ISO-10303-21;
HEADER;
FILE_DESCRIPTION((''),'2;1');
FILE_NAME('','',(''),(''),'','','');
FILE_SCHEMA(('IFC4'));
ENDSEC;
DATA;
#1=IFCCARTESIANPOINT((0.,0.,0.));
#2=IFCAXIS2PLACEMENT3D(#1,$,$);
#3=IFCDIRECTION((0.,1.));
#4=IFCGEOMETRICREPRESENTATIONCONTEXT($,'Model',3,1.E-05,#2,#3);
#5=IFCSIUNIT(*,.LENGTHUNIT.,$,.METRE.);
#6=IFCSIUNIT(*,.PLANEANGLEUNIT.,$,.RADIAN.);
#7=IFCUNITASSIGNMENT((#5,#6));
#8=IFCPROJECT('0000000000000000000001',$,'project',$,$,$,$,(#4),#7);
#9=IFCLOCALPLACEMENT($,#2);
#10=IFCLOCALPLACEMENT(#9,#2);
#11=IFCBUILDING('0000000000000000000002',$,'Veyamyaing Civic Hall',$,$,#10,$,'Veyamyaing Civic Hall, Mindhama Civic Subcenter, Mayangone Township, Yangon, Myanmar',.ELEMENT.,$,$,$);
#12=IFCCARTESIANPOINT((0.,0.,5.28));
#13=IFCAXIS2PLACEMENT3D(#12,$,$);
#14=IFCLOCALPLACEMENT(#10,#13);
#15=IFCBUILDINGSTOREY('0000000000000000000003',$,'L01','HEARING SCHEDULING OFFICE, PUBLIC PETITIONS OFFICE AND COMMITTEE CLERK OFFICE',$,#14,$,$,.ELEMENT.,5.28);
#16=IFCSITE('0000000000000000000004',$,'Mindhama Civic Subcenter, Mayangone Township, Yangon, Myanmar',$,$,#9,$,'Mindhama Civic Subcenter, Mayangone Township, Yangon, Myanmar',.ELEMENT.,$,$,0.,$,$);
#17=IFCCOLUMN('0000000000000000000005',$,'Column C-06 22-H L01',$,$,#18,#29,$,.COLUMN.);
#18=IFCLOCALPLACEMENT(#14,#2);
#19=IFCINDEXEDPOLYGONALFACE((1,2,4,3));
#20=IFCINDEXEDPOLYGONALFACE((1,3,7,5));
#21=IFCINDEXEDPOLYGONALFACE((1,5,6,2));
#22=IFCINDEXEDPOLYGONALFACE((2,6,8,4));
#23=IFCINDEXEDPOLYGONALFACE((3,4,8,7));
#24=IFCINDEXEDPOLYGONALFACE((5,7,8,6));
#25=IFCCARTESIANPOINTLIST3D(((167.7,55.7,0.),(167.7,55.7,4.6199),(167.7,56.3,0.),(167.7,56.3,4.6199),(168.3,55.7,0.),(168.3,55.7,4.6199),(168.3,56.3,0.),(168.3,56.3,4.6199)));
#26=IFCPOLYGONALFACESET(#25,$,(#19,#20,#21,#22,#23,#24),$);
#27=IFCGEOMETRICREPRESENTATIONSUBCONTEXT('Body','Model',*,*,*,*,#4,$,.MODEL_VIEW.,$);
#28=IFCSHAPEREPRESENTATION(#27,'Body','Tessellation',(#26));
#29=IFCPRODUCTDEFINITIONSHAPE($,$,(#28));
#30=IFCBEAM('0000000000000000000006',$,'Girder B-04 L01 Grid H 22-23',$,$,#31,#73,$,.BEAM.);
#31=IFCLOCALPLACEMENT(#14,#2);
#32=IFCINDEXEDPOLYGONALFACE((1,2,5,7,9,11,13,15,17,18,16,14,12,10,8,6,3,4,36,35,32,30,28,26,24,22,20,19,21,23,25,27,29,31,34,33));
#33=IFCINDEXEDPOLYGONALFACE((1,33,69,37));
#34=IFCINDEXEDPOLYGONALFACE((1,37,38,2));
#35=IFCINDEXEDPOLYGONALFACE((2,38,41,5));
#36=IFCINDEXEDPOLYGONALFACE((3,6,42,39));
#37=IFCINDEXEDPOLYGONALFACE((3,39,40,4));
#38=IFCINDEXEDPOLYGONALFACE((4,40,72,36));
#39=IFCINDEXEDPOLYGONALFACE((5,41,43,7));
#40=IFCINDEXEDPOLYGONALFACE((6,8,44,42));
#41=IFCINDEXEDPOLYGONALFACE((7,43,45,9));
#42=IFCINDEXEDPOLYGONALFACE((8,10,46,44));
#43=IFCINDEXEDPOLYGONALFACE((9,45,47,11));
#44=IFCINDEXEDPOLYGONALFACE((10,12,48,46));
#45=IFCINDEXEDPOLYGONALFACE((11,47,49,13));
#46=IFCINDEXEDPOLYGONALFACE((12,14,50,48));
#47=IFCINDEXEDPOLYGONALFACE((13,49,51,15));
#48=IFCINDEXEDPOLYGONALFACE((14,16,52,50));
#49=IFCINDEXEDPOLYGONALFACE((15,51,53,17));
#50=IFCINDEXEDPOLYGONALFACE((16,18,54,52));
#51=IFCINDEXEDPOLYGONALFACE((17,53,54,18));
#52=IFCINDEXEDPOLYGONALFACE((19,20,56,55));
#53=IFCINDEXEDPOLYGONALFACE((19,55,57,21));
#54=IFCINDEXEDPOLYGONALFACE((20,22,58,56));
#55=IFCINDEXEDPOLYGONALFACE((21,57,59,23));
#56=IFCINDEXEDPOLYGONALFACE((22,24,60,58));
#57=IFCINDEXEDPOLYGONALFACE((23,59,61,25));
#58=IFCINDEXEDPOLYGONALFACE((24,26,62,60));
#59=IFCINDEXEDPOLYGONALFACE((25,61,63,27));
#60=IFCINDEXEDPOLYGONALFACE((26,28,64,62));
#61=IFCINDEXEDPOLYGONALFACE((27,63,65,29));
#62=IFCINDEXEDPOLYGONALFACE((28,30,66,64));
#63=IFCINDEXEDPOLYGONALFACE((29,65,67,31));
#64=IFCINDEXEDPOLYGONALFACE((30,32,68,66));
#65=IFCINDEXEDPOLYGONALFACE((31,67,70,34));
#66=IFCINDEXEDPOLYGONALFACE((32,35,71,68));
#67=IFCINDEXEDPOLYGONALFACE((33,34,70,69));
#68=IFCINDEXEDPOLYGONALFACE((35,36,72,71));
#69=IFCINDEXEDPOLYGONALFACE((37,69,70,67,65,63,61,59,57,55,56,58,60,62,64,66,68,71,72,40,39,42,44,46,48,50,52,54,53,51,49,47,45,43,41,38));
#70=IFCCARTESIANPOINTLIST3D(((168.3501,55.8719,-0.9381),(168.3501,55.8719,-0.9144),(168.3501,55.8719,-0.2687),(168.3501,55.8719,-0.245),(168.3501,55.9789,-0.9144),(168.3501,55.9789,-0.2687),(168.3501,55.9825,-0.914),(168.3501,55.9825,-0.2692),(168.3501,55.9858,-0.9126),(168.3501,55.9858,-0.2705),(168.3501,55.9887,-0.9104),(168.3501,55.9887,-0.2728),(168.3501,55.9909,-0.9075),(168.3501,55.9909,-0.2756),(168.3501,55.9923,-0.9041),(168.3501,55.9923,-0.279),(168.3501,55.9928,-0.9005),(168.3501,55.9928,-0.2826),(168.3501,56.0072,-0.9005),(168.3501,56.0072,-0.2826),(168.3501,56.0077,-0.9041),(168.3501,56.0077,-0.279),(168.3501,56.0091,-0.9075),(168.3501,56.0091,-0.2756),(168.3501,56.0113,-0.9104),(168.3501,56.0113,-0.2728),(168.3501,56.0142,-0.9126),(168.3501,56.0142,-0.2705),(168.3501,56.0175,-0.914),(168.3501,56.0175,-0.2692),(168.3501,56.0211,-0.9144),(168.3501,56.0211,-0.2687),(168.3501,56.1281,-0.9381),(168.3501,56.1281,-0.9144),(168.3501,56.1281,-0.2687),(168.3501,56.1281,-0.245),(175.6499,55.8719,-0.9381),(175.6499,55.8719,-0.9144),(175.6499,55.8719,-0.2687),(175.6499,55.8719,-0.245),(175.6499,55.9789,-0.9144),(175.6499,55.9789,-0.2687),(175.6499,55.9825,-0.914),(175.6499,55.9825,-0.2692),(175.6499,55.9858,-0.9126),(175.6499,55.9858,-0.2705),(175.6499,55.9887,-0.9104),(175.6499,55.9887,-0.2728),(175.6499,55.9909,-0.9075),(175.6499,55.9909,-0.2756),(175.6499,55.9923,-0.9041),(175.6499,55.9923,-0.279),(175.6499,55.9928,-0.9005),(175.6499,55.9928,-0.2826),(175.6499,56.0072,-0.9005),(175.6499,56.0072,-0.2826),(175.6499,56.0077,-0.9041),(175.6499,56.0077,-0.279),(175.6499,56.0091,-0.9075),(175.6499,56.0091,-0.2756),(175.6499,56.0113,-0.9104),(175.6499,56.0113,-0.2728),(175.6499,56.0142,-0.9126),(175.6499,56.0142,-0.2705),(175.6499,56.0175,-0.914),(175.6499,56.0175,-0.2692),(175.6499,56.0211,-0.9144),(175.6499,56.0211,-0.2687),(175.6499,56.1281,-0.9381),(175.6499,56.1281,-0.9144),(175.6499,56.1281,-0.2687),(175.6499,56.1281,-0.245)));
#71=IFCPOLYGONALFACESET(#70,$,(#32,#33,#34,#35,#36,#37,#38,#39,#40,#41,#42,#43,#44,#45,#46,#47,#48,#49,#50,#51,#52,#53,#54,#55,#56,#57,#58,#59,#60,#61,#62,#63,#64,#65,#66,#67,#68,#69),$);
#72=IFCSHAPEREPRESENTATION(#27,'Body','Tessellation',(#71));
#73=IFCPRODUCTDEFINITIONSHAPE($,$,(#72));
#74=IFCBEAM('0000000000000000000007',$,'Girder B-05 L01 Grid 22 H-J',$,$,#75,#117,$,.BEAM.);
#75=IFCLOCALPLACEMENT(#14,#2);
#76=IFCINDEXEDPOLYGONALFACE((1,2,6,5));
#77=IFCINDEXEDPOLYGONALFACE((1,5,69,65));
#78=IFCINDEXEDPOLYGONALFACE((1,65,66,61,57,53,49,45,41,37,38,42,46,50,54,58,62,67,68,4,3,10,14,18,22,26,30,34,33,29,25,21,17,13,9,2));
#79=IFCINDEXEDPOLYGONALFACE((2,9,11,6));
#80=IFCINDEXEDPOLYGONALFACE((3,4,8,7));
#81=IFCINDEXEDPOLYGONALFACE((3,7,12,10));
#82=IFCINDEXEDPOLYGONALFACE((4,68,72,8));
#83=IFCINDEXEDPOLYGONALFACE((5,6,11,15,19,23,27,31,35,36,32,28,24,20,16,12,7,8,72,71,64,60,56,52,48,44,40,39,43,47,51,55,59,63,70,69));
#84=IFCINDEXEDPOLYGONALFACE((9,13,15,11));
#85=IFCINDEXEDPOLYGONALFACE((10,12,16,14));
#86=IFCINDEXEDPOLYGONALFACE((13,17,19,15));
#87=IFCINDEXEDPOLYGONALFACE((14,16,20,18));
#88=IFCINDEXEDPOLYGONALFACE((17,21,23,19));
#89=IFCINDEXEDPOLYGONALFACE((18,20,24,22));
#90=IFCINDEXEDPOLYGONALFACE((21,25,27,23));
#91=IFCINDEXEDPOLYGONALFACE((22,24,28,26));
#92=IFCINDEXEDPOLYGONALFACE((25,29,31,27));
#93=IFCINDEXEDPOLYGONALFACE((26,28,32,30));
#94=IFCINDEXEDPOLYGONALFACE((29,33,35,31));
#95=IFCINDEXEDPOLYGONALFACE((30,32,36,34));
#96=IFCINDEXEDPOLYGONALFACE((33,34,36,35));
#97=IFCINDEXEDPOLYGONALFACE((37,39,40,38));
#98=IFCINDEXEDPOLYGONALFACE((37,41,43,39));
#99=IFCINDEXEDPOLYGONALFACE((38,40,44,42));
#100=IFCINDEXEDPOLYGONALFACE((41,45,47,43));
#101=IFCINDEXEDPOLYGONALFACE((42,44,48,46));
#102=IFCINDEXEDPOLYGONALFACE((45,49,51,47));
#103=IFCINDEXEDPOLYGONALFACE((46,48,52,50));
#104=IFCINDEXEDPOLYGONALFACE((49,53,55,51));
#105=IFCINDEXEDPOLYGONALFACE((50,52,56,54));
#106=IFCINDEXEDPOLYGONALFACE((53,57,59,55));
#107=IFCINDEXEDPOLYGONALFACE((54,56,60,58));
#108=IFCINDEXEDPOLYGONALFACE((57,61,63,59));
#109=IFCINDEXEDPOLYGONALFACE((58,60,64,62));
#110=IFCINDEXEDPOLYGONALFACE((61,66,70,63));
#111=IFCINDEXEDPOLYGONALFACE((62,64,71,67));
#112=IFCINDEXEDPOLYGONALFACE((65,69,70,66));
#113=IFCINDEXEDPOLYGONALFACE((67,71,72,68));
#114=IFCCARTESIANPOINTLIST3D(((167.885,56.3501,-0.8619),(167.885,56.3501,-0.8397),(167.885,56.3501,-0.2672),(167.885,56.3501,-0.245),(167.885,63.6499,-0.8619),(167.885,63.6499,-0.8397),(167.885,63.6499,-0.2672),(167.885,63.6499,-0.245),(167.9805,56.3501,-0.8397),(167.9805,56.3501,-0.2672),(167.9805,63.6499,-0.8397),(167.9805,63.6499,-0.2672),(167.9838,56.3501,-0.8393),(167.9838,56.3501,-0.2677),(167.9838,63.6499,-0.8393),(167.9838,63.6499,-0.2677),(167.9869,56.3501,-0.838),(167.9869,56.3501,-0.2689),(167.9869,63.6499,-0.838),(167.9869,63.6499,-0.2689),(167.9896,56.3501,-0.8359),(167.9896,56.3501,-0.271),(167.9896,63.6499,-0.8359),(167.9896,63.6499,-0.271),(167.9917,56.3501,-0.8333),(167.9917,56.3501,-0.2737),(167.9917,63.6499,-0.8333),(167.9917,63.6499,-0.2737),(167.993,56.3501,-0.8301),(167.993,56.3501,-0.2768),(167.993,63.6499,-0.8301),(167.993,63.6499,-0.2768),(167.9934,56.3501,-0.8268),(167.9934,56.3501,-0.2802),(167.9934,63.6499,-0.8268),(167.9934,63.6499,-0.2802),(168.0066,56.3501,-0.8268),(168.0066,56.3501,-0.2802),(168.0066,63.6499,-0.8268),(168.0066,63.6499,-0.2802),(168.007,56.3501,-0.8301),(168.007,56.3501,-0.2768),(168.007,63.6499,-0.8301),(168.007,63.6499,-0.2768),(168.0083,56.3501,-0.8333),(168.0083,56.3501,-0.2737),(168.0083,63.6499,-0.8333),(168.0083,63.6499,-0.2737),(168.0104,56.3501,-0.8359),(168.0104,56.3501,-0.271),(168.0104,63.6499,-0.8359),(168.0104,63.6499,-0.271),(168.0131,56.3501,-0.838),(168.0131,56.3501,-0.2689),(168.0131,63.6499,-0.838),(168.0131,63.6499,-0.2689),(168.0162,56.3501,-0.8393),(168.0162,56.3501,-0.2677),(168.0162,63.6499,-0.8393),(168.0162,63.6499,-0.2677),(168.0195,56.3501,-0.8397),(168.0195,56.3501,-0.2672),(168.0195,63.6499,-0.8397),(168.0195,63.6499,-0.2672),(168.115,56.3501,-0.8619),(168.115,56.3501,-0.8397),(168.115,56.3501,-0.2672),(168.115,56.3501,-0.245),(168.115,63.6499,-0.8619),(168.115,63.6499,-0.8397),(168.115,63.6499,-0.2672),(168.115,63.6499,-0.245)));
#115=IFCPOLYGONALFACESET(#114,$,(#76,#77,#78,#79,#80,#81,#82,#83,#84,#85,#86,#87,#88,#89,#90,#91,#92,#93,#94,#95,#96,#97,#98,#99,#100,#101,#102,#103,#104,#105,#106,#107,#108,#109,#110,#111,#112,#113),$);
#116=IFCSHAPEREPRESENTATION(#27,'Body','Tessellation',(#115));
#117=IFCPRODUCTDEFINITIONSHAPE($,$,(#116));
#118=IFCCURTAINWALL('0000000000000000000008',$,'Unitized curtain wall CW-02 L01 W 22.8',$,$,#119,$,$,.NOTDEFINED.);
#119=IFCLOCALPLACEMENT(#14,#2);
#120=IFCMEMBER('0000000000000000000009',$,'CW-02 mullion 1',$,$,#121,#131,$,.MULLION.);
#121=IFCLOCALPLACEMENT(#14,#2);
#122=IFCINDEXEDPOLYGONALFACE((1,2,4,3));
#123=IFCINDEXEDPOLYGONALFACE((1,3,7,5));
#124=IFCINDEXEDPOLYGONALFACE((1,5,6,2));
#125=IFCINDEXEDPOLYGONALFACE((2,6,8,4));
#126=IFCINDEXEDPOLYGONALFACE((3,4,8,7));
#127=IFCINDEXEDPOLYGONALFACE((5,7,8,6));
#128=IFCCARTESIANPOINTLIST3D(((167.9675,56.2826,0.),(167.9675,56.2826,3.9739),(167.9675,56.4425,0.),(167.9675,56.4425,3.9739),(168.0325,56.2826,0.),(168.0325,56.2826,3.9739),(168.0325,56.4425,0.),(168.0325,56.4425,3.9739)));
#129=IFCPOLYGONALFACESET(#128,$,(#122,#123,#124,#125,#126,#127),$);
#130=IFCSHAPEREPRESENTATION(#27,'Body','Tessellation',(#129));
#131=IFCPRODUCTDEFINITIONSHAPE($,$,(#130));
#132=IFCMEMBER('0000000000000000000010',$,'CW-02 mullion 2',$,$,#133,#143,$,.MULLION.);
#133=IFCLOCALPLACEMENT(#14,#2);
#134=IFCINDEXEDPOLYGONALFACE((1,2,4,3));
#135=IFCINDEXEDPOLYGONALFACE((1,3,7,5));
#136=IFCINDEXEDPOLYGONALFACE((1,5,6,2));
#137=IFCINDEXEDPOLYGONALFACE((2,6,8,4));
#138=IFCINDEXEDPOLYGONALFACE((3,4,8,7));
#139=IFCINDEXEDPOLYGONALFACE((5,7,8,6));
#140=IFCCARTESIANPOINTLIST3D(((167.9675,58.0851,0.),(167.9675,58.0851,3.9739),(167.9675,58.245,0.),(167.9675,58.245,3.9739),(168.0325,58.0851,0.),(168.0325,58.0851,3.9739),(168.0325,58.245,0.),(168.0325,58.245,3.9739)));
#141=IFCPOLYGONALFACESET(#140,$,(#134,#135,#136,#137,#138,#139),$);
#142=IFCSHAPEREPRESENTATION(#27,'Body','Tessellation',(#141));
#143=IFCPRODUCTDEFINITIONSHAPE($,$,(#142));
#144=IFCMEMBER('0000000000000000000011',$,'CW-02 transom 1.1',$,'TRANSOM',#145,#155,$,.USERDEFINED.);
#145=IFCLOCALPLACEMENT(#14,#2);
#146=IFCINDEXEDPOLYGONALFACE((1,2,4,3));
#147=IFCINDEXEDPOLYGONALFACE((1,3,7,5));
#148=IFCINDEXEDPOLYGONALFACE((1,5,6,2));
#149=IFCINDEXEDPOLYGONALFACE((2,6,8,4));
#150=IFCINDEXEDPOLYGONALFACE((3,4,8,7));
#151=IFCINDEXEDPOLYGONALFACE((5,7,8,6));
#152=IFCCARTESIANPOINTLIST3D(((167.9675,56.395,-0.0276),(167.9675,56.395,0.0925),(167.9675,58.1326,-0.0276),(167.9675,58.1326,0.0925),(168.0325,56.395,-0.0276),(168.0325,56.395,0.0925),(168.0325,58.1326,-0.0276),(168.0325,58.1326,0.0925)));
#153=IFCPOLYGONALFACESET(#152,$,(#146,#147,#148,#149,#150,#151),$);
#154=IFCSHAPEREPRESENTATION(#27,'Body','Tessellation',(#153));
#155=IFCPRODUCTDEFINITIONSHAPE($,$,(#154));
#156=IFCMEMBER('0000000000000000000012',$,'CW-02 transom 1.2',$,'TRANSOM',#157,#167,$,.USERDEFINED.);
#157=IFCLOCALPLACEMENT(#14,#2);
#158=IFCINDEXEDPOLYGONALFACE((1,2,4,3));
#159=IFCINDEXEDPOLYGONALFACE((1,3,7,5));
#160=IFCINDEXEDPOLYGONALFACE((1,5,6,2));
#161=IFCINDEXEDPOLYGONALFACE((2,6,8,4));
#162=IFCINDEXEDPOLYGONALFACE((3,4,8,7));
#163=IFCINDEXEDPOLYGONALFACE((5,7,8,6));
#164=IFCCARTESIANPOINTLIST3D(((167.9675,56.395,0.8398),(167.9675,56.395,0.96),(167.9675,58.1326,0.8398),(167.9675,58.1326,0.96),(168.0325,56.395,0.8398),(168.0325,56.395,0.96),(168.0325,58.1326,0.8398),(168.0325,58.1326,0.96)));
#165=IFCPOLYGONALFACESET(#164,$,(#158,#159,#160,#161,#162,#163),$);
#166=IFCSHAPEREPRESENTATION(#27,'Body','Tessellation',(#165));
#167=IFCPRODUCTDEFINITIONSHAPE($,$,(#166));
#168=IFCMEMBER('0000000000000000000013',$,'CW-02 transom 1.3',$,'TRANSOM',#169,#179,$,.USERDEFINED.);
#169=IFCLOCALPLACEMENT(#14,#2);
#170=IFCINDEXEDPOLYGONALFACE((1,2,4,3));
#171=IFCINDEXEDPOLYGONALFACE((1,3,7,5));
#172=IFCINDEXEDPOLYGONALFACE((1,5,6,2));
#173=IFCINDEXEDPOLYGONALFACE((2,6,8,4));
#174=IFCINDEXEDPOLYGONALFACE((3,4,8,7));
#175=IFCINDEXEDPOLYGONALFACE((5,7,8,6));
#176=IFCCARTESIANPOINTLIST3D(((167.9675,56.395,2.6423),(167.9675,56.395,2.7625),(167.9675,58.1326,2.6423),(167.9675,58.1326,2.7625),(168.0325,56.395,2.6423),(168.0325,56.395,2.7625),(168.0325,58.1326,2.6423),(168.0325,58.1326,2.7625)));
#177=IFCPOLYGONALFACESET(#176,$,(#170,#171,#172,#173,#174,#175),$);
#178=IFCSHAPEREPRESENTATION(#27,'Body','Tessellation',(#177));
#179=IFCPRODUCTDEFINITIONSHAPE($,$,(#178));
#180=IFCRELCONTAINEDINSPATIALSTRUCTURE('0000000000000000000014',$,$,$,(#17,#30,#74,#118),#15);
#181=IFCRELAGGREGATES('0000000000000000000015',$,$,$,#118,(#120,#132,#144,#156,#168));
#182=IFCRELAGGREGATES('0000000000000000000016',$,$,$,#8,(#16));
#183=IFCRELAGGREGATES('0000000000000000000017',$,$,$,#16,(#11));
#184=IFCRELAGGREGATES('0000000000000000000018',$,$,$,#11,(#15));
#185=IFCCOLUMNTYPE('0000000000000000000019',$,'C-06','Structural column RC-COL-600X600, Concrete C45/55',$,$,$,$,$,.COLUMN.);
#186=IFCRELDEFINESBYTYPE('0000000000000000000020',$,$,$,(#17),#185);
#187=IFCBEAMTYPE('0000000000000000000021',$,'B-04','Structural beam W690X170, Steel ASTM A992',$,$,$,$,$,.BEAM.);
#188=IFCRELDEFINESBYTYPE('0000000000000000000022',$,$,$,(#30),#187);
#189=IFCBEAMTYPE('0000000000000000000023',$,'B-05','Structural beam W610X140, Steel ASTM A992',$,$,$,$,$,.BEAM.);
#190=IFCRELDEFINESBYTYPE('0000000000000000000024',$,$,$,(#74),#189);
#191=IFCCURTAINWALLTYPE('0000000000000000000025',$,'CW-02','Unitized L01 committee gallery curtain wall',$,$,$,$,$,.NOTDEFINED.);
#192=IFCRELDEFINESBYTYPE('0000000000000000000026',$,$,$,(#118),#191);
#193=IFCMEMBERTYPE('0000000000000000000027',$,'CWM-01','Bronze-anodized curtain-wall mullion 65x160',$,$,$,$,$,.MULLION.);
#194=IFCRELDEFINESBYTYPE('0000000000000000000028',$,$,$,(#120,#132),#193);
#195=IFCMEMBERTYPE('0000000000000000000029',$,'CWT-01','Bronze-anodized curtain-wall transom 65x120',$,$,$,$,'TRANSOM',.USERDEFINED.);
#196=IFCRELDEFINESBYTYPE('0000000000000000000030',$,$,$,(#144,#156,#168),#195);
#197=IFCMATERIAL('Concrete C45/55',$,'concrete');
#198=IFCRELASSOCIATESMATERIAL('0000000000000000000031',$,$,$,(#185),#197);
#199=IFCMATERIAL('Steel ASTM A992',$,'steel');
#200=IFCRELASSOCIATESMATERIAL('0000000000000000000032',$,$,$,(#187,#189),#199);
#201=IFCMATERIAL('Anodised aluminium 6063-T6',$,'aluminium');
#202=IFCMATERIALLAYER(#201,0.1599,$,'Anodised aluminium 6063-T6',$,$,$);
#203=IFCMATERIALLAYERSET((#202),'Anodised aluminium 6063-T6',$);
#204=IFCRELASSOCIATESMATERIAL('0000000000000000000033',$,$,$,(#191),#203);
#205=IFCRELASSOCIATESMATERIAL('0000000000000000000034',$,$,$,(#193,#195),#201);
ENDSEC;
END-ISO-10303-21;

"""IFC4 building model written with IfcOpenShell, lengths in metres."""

from ifc_helpers import new_model, si_unit, direction, frame, origin, origin_2d, place, context, subcontext, project, spatial, rectangle, i_section, extrude, material, layer, layer_set, material_profile, profile_set, type_object, element, aggregate, save


model = new_model("IFC4")

# Units and contexts
model_context = context("Model", 3, precision=1e-05, world=origin(), true_north=direction((0.0, 1.0)))
body_context = subcontext(model_context, "Body", "Model", "MODEL_VIEW")
ifc_project = project(units=[si_unit("LENGTHUNIT", "METRE"), si_unit("PLANEANGLEUNIT", "RADIAN")], contexts=[model_context])

# Site, building, storey
site_placement = place(None, origin())
site = spatial("IfcSite", under=ifc_project, at=site_placement, Name="Mindhama Civic Subcenter, Mayangone Township, Yangon, Myanmar", LongName="Mindhama Civic Subcenter, Mayangone Township, Yangon, Myanmar", CompositionType="ELEMENT", RefElevation=0.0)
building_placement = place(site_placement, origin())
building = spatial("IfcBuilding", under=site, at=building_placement, Name="Veyamyaing Civic Hall", LongName="Veyamyaing Civic Hall, Mindhama Civic Subcenter, Mayangone Township, Yangon, Myanmar", CompositionType="ELEMENT")
storey_placement = place(building_placement, frame((0.0, 0.0, 5.28)))
storey = spatial("IfcBuildingStorey", under=building, at=storey_placement, Name="L01", Description="HEARING SCHEDULING OFFICE, PUBLIC PETITIONS OFFICE AND COMMITTEE CLERK OFFICE", CompositionType="ELEMENT", Elevation=5.28)

# Column
ifc_material_1 = material(Name="Concrete C45/55", Category="concrete")
ifc_material_profile_1 = material_profile(ifc_material_1, rectangle(XDim=0.6001, YDim=0.6001, at=origin_2d()), Name="RC-COL-600X600")
ifc_profile_set_1 = profile_set([ifc_material_profile_1], Name="Concrete C45/55")
column_type = type_object("IfcColumnType", Name="C-06", Description="Structural column RC-COL-600X600, Concrete C45/55", PredefinedType="COLUMN", material=ifc_profile_set_1)
column_placement = place(storey_placement, frame((168.0, 56.0, 0.0), z_axis=(0.0, 0.0, 1.0), x_axis=(1.0, 0.0, 0.0)))
element("IfcColumn", 1, at=column_placement, inside=storey, type_object=column_type, Name="Column C-06 22-H L01", PredefinedType="COLUMN", context=body_context, shape_type="SweptSolid", body=[
    extrude(rectangle(XDim=0.6001, YDim=0.6001, at=origin_2d()), origin(), (0.0, 0.0, 1.0), 4.6199),
])

# Beams
ifc_material_2 = material(Name="Steel ASTM A992", Category="steel")
ifc_material_profile_2 = material_profile(ifc_material_2, i_section(OverallWidth=0.2561, OverallDepth=0.6931, WebThickness=0.0144, FlangeThickness=0.0237, FilletRadius=0.0139, at=origin_2d()), Name="W690X170")
ifc_profile_set_2 = profile_set([ifc_material_profile_2], Name="Steel ASTM A992")
beam_type_1 = type_object("IfcBeamType", Name="B-04", Description="Structural beam W690X170, Steel ASTM A992", PredefinedType="BEAM", material=ifc_profile_set_2)
beam_1_placement = place(storey_placement, frame((168.3501, 56.0, -0.5916), z_axis=(1.0, 0.0, 0.0), x_axis=(0.0, 1.0, 0.0)))
element("IfcBeam", 2, at=beam_1_placement, inside=storey, type_object=beam_type_1, Name="Girder B-04 L01 Grid H 22-23", PredefinedType="BEAM", context=body_context, shape_type="SweptSolid", body=[
    extrude(i_section(OverallWidth=0.2561, OverallDepth=0.6931, WebThickness=0.0144, FlangeThickness=0.0237, FilletRadius=0.0139, at=origin_2d()), origin(), (0.0, 0.0, 1.0), 7.2998),
])
ifc_material_profile_3 = material_profile(ifc_material_2, i_section(OverallWidth=0.23, OverallDepth=0.6169, WebThickness=0.0132, FlangeThickness=0.0222, FilletRadius=0.0129, at=origin_2d()), Name="W610X140")
ifc_profile_set_3 = profile_set([ifc_material_profile_3], Name="Steel ASTM A992")
beam_type_2 = type_object("IfcBeamType", Name="B-05", Description="Structural beam W610X140, Steel ASTM A992", PredefinedType="BEAM", material=ifc_profile_set_3)
beam_2_placement = place(storey_placement, frame((168.0, 56.3501, -0.5535), z_axis=(0.0, 1.0, 0.0), x_axis=(-1.0, 0.0, 0.0)))
element("IfcBeam", 3, at=beam_2_placement, inside=storey, type_object=beam_type_2, Name="Girder B-05 L01 Grid 22 H-J", PredefinedType="BEAM", context=body_context, shape_type="SweptSolid", body=[
    extrude(i_section(OverallWidth=0.23, OverallDepth=0.6169, WebThickness=0.0132, FlangeThickness=0.0222, FilletRadius=0.0129, at=origin_2d()), origin(), (0.0, 0.0, 1.0), 7.2998),
])

# Curtain wall, members
ifc_material_3 = material(Name="Anodised aluminium 6063-T6", Category="aluminium")
ifc_layer_1 = layer(ifc_material_3, 0.1599, Name="Anodised aluminium 6063-T6")
ifc_layer_set_1 = layer_set([ifc_layer_1], Name="Anodised aluminium 6063-T6")
curtain_wall_type = type_object("IfcCurtainWallType", Name="CW-02", Description="Unitized L01 committee gallery curtain wall", PredefinedType="NOTDEFINED", material=ifc_layer_set_1)
curtain_wall_placement = place(storey_placement, origin())
curtain_wall = element("IfcCurtainWall", 4, at=curtain_wall_placement, inside=storey, type_object=curtain_wall_type, Name="Unitized curtain wall CW-02 L01 W 22.8", PredefinedType="NOTDEFINED")
ifc_material_profile_4 = material_profile(ifc_material_3, rectangle(XDim=0.0649, YDim=0.1599, at=origin_2d()), Name="ALU-MUL-65X160")
ifc_profile_set_4 = profile_set([ifc_material_profile_4], Name="Anodised aluminium 6063-T6")
member_type_1 = type_object("IfcMemberType", Name="CWM-01", Description="Bronze-anodized curtain-wall mullion 65x160", PredefinedType="MULLION", material=ifc_profile_set_4)
member_1_placement = place(storey_placement, frame((168.0, 56.3625, 0.0), z_axis=(0.0, 0.0, 1.0), x_axis=(-1.0, 0.0, 0.0)))
member_1 = element("IfcMember", 5, at=member_1_placement, type_object=member_type_1, Name="CW-02 mullion 1", PredefinedType="MULLION", context=body_context, shape_type="SweptSolid", body=[
    extrude(rectangle(XDim=0.0649, YDim=0.1599, at=origin_2d()), origin(), (0.0, 0.0, 1.0), 3.9739),
])
member_2_placement = place(storey_placement, frame((168.0, 58.165, 0.0), z_axis=(0.0, 0.0, 1.0), x_axis=(-1.0, 0.0, 0.0)))
member_2 = element("IfcMember", 6, at=member_2_placement, type_object=member_type_1, Name="CW-02 mullion 2", PredefinedType="MULLION", context=body_context, shape_type="SweptSolid", body=[
    extrude(rectangle(XDim=0.0649, YDim=0.1599, at=origin_2d()), origin(), (0.0, 0.0, 1.0), 3.9739),
])
ifc_material_profile_5 = material_profile(ifc_material_3, rectangle(XDim=0.0649, YDim=0.1201, at=origin_2d()), Name="ALU-TRN-65X120")
ifc_profile_set_5 = profile_set([ifc_material_profile_5], Name="Anodised aluminium 6063-T6")
member_type_2 = type_object("IfcMemberType", Name="CWT-01", Description="Bronze-anodized curtain-wall transom 65x120", ElementType="TRANSOM", PredefinedType="USERDEFINED", material=ifc_profile_set_5)
member_3_placement = place(storey_placement, frame((168.0, 56.395, 0.0325), z_axis=(0.0, 1.0, 0.0), x_axis=(-1.0, 0.0, 0.0)))
member_3 = element("IfcMember", 7, at=member_3_placement, type_object=member_type_2, Name="CW-02 transom 1.1", ObjectType="TRANSOM", PredefinedType="USERDEFINED", context=body_context, shape_type="SweptSolid", body=[
    extrude(rectangle(XDim=0.0649, YDim=0.1201, at=origin_2d()), origin(), (0.0, 0.0, 1.0), 1.7375),
])
member_4_placement = place(storey_placement, frame((168.0, 56.395, 0.8999), z_axis=(0.0, 1.0, 0.0), x_axis=(-1.0, 0.0, 0.0)))
member_4 = element("IfcMember", 8, at=member_4_placement, type_object=member_type_2, Name="CW-02 transom 1.2", ObjectType="TRANSOM", PredefinedType="USERDEFINED", context=body_context, shape_type="SweptSolid", body=[
    extrude(rectangle(XDim=0.0649, YDim=0.1201, at=origin_2d()), origin(), (0.0, 0.0, 1.0), 1.7375),
])
member_5_placement = place(storey_placement, frame((168.0, 56.395, 2.7024), z_axis=(0.0, 1.0, 0.0), x_axis=(-1.0, 0.0, 0.0)))
member_5 = element("IfcMember", 9, at=member_5_placement, type_object=member_type_2, Name="CW-02 transom 1.3", ObjectType="TRANSOM", PredefinedType="USERDEFINED", context=body_context, shape_type="SweptSolid", body=[
    extrude(rectangle(XDim=0.0649, YDim=0.1201, at=origin_2d()), origin(), (0.0, 0.0, 1.0), 1.7375),
])

aggregate(curtain_wall, [member_1, member_2, member_3, member_4, member_5])

save(model, "model.ifc")
